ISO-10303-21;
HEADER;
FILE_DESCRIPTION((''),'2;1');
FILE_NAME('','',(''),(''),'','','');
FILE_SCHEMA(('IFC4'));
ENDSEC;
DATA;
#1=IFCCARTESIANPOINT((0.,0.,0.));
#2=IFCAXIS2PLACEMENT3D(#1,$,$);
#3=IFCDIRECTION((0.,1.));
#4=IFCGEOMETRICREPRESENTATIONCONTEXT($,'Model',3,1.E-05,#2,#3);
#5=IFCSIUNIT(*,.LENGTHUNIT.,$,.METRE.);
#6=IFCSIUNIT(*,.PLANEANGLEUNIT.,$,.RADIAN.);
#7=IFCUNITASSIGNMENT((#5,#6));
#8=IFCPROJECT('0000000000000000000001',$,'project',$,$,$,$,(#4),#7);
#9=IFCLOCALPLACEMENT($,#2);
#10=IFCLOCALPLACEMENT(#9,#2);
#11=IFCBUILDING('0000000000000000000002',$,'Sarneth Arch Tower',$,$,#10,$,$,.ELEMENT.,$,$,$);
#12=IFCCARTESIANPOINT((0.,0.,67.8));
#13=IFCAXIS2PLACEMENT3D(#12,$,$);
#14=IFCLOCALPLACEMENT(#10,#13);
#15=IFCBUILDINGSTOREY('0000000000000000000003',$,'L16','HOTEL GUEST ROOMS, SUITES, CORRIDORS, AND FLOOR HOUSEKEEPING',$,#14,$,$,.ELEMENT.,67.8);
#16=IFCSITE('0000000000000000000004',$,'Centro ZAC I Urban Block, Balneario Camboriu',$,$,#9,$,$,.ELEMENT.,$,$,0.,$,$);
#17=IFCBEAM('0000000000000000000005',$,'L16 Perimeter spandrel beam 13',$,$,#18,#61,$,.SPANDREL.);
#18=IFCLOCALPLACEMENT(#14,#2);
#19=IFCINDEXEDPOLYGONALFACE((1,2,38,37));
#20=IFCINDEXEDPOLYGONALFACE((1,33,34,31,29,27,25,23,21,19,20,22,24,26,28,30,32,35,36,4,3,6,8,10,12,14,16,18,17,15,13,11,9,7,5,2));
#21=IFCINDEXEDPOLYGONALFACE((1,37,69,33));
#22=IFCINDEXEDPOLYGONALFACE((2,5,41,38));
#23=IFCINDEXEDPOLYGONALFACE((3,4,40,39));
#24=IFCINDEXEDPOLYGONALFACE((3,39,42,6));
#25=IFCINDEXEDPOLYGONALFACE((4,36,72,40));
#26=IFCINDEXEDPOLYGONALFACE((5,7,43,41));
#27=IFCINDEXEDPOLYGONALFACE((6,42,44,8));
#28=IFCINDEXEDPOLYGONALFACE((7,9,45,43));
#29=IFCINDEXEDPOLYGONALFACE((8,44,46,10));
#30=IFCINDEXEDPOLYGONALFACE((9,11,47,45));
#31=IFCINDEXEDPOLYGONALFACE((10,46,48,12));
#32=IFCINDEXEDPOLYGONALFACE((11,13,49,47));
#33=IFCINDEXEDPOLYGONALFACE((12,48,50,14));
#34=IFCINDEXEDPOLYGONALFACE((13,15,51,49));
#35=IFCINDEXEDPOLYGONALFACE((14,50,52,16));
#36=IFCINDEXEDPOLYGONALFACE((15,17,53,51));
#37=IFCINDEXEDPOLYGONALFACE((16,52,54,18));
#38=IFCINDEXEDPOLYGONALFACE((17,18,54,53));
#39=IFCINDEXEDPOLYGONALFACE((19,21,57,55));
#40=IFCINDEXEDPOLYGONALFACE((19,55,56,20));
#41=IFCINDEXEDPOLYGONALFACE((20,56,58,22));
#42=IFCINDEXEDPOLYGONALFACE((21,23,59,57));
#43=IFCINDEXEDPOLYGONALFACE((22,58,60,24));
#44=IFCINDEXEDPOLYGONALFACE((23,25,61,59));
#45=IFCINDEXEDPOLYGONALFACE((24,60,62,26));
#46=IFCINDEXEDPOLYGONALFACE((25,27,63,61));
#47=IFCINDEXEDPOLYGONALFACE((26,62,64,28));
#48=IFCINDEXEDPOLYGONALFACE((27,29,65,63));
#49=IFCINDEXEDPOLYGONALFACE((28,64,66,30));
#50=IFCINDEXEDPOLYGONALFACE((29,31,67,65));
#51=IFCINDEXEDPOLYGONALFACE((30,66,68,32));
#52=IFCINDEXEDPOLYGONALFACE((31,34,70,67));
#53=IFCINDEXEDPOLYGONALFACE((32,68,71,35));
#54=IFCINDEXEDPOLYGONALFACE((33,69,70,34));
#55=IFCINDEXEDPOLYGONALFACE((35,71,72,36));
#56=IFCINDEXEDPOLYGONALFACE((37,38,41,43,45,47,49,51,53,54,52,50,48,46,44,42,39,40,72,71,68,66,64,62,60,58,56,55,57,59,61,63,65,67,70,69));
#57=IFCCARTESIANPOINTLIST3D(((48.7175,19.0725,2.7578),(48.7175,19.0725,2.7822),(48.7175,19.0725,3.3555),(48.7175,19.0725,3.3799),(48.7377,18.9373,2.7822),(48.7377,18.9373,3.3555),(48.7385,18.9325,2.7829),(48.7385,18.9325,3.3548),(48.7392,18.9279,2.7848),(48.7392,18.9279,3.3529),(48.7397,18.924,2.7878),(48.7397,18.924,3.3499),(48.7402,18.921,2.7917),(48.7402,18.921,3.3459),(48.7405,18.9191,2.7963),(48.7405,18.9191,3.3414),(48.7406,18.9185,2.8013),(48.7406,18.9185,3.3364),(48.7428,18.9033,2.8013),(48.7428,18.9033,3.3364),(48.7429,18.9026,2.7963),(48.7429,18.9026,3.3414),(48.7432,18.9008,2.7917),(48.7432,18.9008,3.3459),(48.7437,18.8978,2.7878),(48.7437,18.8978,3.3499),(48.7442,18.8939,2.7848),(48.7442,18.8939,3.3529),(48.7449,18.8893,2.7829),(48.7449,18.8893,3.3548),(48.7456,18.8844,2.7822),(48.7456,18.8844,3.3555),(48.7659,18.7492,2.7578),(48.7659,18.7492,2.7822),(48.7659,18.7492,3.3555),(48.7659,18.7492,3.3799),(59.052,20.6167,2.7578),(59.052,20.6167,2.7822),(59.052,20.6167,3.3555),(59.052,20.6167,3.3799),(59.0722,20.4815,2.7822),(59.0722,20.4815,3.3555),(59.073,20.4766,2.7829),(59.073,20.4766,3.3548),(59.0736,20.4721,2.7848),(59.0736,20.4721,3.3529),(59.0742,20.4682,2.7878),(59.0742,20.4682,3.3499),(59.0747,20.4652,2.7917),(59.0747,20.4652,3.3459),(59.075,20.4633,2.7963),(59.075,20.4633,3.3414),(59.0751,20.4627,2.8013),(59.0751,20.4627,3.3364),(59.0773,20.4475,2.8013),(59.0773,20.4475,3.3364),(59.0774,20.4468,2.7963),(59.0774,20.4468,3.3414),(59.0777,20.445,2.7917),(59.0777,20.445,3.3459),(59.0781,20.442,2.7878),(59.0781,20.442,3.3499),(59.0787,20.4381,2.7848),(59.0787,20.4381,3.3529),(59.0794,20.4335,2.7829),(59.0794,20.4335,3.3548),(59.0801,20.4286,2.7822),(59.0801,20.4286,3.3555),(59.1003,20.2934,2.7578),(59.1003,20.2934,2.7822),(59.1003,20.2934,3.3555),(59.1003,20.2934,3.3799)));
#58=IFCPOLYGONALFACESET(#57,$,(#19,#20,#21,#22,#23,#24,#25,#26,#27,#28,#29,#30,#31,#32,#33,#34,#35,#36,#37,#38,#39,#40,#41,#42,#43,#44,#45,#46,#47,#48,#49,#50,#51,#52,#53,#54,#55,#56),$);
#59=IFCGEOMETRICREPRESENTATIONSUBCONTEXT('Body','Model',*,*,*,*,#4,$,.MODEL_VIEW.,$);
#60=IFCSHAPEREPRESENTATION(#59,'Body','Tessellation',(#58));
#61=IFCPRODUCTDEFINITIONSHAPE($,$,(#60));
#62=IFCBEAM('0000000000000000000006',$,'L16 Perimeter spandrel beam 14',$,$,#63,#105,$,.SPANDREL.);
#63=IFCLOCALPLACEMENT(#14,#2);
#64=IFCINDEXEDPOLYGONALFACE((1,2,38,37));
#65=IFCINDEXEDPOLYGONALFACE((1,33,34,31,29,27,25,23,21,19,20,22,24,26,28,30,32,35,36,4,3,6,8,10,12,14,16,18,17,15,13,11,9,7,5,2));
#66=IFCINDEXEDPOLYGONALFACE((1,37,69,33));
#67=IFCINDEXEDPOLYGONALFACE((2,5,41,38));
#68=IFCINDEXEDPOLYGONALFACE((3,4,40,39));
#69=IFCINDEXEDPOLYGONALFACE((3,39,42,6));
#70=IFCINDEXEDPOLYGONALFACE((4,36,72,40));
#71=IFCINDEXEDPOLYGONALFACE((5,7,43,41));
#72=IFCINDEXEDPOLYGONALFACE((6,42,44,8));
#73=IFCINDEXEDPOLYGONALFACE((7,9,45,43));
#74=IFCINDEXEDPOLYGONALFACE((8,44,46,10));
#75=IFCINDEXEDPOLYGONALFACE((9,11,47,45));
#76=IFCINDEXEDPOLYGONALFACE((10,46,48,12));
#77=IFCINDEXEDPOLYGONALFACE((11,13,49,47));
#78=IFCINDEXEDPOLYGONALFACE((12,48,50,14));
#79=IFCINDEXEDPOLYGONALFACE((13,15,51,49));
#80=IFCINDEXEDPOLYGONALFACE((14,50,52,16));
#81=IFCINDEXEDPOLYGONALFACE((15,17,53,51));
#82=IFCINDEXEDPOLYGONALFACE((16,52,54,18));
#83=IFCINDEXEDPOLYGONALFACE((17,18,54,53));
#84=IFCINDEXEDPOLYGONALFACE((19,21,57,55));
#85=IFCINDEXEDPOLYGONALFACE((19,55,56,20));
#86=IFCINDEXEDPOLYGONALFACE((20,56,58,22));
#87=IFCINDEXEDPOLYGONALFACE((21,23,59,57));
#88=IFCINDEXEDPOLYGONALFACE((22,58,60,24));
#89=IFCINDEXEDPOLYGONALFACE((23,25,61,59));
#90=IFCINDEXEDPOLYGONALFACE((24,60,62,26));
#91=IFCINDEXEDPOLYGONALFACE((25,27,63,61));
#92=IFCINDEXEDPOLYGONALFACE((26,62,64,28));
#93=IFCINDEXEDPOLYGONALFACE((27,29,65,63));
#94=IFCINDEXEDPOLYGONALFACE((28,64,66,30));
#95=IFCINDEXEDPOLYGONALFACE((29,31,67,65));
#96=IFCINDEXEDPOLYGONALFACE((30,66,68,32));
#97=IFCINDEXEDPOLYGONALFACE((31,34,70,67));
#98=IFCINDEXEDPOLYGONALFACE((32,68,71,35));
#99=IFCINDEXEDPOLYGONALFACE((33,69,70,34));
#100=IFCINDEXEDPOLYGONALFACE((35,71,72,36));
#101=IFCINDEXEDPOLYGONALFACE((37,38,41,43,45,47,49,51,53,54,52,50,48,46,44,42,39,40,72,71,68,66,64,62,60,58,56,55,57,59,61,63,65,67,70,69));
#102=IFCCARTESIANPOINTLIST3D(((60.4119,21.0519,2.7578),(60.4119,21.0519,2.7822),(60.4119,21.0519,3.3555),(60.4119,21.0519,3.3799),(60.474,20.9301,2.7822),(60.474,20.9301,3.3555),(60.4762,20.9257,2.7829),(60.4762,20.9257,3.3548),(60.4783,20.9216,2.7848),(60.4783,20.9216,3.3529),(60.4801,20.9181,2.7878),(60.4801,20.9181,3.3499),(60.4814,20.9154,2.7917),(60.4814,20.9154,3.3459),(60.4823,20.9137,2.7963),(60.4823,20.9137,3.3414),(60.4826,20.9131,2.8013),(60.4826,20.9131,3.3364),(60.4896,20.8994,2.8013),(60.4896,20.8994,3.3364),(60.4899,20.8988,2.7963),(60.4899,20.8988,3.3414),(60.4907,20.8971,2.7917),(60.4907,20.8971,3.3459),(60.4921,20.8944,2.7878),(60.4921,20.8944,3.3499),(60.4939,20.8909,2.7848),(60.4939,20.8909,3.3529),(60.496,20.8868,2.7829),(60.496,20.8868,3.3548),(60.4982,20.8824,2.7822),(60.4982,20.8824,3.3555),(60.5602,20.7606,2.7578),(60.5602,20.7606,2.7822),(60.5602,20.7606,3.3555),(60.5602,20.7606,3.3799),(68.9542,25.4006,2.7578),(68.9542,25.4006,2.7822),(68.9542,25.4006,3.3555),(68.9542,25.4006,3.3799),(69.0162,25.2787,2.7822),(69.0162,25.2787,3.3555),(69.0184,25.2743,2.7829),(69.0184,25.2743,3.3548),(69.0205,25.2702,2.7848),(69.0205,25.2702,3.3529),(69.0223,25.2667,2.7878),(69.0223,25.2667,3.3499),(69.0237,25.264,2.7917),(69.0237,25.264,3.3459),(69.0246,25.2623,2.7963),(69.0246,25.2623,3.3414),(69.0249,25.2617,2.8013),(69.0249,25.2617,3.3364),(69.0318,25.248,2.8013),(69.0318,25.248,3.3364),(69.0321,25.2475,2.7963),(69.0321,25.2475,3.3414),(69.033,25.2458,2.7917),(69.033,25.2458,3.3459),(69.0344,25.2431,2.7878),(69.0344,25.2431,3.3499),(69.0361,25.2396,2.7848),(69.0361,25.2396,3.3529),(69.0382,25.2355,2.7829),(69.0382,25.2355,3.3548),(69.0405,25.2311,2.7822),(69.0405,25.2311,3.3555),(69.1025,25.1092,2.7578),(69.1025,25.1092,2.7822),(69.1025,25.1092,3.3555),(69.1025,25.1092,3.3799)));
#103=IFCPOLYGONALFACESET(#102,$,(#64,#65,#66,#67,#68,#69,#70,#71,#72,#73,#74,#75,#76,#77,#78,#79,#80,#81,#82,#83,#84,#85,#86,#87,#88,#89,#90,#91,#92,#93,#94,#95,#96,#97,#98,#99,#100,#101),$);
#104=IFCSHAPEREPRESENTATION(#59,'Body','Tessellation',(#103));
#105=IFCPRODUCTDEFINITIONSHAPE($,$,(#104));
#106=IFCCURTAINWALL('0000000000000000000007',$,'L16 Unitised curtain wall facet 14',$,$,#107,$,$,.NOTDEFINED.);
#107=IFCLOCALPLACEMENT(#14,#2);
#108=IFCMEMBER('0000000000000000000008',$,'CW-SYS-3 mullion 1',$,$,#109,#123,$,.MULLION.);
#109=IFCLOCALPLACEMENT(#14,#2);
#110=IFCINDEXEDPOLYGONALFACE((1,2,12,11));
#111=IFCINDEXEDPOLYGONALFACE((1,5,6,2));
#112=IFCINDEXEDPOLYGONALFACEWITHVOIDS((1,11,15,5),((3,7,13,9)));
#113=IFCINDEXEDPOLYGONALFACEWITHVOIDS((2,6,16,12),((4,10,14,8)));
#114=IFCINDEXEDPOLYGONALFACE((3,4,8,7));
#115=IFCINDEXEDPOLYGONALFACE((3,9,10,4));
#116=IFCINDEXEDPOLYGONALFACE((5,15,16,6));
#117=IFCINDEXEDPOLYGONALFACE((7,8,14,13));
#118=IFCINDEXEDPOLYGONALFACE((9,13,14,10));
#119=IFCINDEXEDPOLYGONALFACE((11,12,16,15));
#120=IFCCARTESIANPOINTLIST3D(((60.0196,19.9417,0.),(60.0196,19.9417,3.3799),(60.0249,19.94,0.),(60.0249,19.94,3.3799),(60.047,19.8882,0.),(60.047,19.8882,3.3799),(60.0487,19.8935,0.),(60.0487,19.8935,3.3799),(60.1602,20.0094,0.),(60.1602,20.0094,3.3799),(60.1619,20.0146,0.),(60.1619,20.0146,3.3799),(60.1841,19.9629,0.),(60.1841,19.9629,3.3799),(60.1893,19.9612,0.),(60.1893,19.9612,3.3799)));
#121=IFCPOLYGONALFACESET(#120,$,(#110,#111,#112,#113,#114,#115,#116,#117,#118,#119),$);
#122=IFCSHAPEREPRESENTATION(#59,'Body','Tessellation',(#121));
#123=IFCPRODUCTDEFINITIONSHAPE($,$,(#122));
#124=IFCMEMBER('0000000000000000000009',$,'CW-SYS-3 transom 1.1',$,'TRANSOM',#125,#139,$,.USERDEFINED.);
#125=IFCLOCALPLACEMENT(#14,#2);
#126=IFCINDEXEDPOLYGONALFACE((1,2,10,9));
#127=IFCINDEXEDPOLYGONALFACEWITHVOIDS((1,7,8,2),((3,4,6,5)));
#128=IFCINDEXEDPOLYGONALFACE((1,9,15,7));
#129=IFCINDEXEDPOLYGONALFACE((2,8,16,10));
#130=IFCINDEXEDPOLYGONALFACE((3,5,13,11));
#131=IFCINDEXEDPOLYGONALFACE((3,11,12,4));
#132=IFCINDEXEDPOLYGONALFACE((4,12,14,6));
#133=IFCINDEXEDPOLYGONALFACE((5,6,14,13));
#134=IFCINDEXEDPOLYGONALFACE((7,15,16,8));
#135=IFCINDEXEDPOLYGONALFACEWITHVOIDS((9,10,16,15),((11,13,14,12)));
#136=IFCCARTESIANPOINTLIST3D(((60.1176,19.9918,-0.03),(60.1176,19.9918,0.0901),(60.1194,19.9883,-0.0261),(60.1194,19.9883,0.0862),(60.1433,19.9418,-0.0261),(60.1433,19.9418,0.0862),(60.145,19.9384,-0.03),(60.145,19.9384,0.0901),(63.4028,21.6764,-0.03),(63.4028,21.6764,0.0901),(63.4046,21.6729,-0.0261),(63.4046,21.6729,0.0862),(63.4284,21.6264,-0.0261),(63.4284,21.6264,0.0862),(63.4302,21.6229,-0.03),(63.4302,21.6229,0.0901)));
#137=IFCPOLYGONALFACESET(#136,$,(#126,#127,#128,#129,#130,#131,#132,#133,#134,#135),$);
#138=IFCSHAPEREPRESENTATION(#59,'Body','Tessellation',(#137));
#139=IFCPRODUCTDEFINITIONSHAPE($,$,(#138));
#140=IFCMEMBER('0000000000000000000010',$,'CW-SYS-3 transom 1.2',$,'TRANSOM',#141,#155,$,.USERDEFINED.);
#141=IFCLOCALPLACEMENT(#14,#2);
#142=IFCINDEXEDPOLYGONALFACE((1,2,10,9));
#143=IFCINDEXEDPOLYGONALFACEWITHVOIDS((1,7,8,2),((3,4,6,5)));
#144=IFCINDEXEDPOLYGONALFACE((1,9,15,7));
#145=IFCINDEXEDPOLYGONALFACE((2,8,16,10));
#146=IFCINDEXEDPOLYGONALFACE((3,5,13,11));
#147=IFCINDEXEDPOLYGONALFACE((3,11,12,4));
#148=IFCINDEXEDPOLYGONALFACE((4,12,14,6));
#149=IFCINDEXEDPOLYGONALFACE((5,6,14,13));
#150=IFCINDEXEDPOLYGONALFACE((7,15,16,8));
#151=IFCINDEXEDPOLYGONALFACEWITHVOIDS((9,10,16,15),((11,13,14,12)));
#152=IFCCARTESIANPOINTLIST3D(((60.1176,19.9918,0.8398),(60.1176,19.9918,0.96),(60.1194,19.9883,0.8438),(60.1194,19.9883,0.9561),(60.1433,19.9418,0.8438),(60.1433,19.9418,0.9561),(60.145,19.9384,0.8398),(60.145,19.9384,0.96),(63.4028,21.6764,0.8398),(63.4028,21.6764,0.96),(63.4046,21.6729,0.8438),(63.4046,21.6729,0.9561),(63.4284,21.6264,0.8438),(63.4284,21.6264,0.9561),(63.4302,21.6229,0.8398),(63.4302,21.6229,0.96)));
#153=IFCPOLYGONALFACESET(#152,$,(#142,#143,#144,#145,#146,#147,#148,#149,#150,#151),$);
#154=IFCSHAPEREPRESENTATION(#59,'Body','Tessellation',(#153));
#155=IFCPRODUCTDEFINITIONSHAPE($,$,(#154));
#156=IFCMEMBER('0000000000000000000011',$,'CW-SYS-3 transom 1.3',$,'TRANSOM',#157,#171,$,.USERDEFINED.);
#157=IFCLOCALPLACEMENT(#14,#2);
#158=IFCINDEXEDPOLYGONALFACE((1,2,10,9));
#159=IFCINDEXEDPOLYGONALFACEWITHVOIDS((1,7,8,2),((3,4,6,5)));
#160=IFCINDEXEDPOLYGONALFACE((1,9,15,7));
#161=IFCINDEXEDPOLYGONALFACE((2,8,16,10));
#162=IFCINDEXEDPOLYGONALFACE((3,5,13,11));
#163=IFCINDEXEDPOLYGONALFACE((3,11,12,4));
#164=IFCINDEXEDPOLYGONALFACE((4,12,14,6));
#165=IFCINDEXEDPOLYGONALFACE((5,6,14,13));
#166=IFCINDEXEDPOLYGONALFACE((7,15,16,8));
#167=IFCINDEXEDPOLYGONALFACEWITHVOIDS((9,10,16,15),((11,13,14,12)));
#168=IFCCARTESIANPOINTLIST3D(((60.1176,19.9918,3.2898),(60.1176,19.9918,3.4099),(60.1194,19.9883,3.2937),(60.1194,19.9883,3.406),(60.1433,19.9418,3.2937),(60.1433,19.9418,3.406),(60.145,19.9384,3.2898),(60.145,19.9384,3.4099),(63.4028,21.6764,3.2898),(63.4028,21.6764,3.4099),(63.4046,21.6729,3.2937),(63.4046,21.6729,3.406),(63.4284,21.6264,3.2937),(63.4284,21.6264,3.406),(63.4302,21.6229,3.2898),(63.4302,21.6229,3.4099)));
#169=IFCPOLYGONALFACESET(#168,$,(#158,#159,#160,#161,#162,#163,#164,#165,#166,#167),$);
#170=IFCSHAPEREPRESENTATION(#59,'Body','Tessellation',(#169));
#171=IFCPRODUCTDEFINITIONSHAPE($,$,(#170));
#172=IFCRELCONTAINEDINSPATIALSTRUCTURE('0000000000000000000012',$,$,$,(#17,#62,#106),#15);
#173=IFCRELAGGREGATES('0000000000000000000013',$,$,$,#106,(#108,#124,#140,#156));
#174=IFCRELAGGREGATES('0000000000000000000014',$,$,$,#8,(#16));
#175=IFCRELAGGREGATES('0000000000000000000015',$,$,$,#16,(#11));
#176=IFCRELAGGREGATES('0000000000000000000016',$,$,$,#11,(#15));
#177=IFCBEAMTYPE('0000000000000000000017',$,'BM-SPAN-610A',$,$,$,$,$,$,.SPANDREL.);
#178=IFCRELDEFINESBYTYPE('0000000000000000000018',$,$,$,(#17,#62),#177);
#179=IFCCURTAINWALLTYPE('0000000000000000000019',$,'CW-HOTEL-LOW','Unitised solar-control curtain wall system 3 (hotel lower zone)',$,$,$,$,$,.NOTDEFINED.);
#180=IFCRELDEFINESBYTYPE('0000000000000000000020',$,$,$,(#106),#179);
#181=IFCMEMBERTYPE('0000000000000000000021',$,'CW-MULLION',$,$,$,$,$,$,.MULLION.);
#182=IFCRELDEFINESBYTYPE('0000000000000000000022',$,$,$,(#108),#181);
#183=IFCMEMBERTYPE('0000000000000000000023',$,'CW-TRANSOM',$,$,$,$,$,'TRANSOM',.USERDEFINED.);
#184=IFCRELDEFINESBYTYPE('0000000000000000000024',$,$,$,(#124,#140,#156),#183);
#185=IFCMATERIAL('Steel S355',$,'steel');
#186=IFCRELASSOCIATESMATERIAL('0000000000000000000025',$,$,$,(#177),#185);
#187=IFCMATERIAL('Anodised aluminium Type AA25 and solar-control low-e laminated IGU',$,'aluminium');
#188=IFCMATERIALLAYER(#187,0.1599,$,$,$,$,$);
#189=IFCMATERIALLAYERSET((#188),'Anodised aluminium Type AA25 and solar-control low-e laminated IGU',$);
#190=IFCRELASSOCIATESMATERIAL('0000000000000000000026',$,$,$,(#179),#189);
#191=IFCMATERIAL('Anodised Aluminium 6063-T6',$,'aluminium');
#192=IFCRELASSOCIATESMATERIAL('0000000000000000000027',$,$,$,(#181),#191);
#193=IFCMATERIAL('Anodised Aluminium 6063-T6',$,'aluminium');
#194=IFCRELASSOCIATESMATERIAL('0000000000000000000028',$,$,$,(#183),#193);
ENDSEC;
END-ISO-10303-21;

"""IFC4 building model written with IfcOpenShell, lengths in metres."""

from ifc_helpers import new_model, si_unit, direction, frame, origin, origin_2d, place, context, subcontext, project, spatial, hollow_rectangle, i_section, extrude, material, layer, layer_set, material_profile, profile_set, type_object, element, aggregate, save


model = new_model("IFC4")

# Units and contexts
model_context = context("Model", 3, precision=1e-05, world=origin(), true_north=direction((0.0, 1.0)))
body_context = subcontext(model_context, "Body", "Model", "MODEL_VIEW")
ifc_project = project(units=[si_unit("LENGTHUNIT", "METRE"), si_unit("PLANEANGLEUNIT", "RADIAN")], contexts=[model_context])

# Site, building, storey
site_placement = place(None, origin())
site = spatial("IfcSite", under=ifc_project, at=site_placement, Name="Centro ZAC I Urban Block, Balneario Camboriu", CompositionType="ELEMENT", RefElevation=0.0)
building_placement = place(site_placement, origin())
building = spatial("IfcBuilding", under=site, at=building_placement, Name="Sarneth Arch Tower", CompositionType="ELEMENT")
storey_placement = place(building_placement, frame((0.0, 0.0, 67.8)))
storey = spatial("IfcBuildingStorey", under=building, at=storey_placement, Name="L16", Description="HOTEL GUEST ROOMS, SUITES, CORRIDORS, AND FLOOR HOUSEKEEPING", CompositionType="ELEMENT", Elevation=67.8)

# Beams
ifc_material_1 = material(Name="Steel S355", Category="steel")
ifc_material_profile_1 = material_profile(ifc_material_1, i_section(OverallWidth=0.3269, OverallDepth=0.6221, WebThickness=0.0154, FlangeThickness=0.0244, FilletRadius=0.019, at=origin_2d()), Name="W610x195")
ifc_profile_set_1 = profile_set([ifc_material_profile_1], Name="Steel S355")
beam_type_1 = type_object("IfcBeamType", Name="BM-SPAN-610A", PredefinedType="SPANDREL", material=ifc_profile_set_1)
beam_1_placement = place(storey_placement, frame((48.7417, 18.9109, 3.0688), z_axis=(0.98902, 0.147781, 0.0), x_axis=(-0.147781, 0.98902, 0.0)))
element("IfcBeam", 1, at=beam_1_placement, inside=storey, type_object=beam_type_1, Name="L16 Perimeter spandrel beam 13", PredefinedType="SPANDREL", context=body_context, shape_type="SweptSolid", body=[
    extrude(i_section(OverallWidth=0.3269, OverallDepth=0.6221, WebThickness=0.0154, FlangeThickness=0.0244, FilletRadius=0.019, at=origin_2d()), origin(), (0.0, 0.0, 1.0), 10.4492),
])
beam_2_placement = place(storey_placement, frame((60.4861, 20.9062, 3.0688), z_axis=(0.891169, 0.453671, 0.0), x_axis=(-0.453671, 0.891169, 0.0)))
element("IfcBeam", 2, at=beam_2_placement, inside=storey, type_object=beam_type_1, Name="L16 Perimeter spandrel beam 14", PredefinedType="SPANDREL", context=body_context, shape_type="SweptSolid", body=[
    extrude(i_section(OverallWidth=0.3269, OverallDepth=0.6221, WebThickness=0.0154, FlangeThickness=0.0244, FilletRadius=0.019, at=origin_2d()), origin(), (0.0, 0.0, 1.0), 9.5854),
])

# Curtain wall, members
ifc_material_2 = material(Name="Anodised aluminium Type AA25 and solar-control low-e laminated IGU", Category="aluminium")
ifc_layer_1 = layer(ifc_material_2, 0.1599)
ifc_layer_set_1 = layer_set([ifc_layer_1], Name="Anodised aluminium Type AA25 and solar-control low-e laminated IGU")
curtain_wall_type = type_object("IfcCurtainWallType", Name="CW-HOTEL-LOW", Description="Unitised solar-control curtain wall system 3 (hotel lower zone)", PredefinedType="NOTDEFINED", material=ifc_layer_set_1)
curtain_wall_placement = place(storey_placement, origin())
curtain_wall = element("IfcCurtainWall", 3, at=curtain_wall_placement, inside=storey, type_object=curtain_wall_type, Name="L16 Unitised curtain wall facet 14", PredefinedType="NOTDEFINED")
ifc_material_3 = material(Name="Anodised Aluminium 6063-T6", Category="aluminium")
ifc_material_profile_2 = material_profile(ifc_material_3, hollow_rectangle(XDim=0.0601, YDim=0.1599, WallThickness=0.0039, at=origin_2d()), Name="AL-MULL-160x60x4")
ifc_profile_set_2 = profile_set([ifc_material_profile_2], Name="Anodised Aluminium 6063-T6")
member_type_1 = type_object("IfcMemberType", Name="CW-MULLION", PredefinedType="MULLION", material=ifc_profile_set_2)
member_1_placement = place(storey_placement, frame((60.1045, 19.9514, 0.0), z_axis=(0.0, 0.0, 1.0), x_axis=(-0.456245, 0.889854, 0.0)))
member_1 = element("IfcMember", 4, at=member_1_placement, type_object=member_type_1, Name="CW-SYS-3 mullion 1", PredefinedType="MULLION", context=body_context, shape_type="SweptSolid", body=[
    extrude(hollow_rectangle(XDim=0.0601, YDim=0.1599, WallThickness=0.0039, at=origin_2d()), origin(), (0.0, 0.0, 1.0), 3.3799),
])
ifc_material_4 = material(Name="Anodised Aluminium 6063-T6", Category="aluminium")
ifc_material_profile_3 = material_profile(ifc_material_4, hollow_rectangle(XDim=0.0601, YDim=0.1201, WallThickness=0.0039, at=origin_2d()), Name="AL-TRAN-120x60x4")
ifc_profile_set_3 = profile_set([ifc_material_profile_3], Name="Anodised Aluminium 6063-T6")
member_type_2 = type_object("IfcMemberType", Name="CW-TRANSOM", ElementType="TRANSOM", PredefinedType="USERDEFINED", material=ifc_profile_set_3)
member_2_placement = place(storey_placement, frame((60.1313, 19.9651, 0.03), z_axis=(0.889831, 0.45629, 0.0), x_axis=(-0.45629, 0.889831, 0.0)))
member_2 = element("IfcMember", 5, at=member_2_placement, type_object=member_type_2, Name="CW-SYS-3 transom 1.1", ObjectType="TRANSOM", PredefinedType="USERDEFINED", context=body_context, shape_type="SweptSolid", body=[
    extrude(hollow_rectangle(XDim=0.0601, YDim=0.1201, WallThickness=0.0039, at=origin_2d()), origin(), (0.0, 0.0, 1.0), 3.6919),
])
member_3_placement = place(storey_placement, frame((60.1313, 19.9651, 0.8999), z_axis=(0.889831, 0.45629, 0.0), x_axis=(-0.45629, 0.889831, 0.0)))
member_3 = element("IfcMember", 6, at=member_3_placement, type_object=member_type_2, Name="CW-SYS-3 transom 1.2", ObjectType="TRANSOM", PredefinedType="USERDEFINED", context=body_context, shape_type="SweptSolid", body=[
    extrude(hollow_rectangle(XDim=0.0601, YDim=0.1201, WallThickness=0.0039, at=origin_2d()), origin(), (0.0, 0.0, 1.0), 3.6919),
])
member_4_placement = place(storey_placement, frame((60.1313, 19.9651, 3.3499), z_axis=(0.889831, 0.45629, 0.0), x_axis=(-0.45629, 0.889831, 0.0)))
member_4 = element("IfcMember", 7, at=member_4_placement, type_object=member_type_2, Name="CW-SYS-3 transom 1.3", ObjectType="TRANSOM", PredefinedType="USERDEFINED", context=body_context, shape_type="SweptSolid", body=[
    extrude(hollow_rectangle(XDim=0.0601, YDim=0.1201, WallThickness=0.0039, at=origin_2d()), origin(), (0.0, 0.0, 1.0), 3.6919),
])
aggregate(curtain_wall, [member_1, member_2, member_3, member_4])

save(model, "model.ifc")
